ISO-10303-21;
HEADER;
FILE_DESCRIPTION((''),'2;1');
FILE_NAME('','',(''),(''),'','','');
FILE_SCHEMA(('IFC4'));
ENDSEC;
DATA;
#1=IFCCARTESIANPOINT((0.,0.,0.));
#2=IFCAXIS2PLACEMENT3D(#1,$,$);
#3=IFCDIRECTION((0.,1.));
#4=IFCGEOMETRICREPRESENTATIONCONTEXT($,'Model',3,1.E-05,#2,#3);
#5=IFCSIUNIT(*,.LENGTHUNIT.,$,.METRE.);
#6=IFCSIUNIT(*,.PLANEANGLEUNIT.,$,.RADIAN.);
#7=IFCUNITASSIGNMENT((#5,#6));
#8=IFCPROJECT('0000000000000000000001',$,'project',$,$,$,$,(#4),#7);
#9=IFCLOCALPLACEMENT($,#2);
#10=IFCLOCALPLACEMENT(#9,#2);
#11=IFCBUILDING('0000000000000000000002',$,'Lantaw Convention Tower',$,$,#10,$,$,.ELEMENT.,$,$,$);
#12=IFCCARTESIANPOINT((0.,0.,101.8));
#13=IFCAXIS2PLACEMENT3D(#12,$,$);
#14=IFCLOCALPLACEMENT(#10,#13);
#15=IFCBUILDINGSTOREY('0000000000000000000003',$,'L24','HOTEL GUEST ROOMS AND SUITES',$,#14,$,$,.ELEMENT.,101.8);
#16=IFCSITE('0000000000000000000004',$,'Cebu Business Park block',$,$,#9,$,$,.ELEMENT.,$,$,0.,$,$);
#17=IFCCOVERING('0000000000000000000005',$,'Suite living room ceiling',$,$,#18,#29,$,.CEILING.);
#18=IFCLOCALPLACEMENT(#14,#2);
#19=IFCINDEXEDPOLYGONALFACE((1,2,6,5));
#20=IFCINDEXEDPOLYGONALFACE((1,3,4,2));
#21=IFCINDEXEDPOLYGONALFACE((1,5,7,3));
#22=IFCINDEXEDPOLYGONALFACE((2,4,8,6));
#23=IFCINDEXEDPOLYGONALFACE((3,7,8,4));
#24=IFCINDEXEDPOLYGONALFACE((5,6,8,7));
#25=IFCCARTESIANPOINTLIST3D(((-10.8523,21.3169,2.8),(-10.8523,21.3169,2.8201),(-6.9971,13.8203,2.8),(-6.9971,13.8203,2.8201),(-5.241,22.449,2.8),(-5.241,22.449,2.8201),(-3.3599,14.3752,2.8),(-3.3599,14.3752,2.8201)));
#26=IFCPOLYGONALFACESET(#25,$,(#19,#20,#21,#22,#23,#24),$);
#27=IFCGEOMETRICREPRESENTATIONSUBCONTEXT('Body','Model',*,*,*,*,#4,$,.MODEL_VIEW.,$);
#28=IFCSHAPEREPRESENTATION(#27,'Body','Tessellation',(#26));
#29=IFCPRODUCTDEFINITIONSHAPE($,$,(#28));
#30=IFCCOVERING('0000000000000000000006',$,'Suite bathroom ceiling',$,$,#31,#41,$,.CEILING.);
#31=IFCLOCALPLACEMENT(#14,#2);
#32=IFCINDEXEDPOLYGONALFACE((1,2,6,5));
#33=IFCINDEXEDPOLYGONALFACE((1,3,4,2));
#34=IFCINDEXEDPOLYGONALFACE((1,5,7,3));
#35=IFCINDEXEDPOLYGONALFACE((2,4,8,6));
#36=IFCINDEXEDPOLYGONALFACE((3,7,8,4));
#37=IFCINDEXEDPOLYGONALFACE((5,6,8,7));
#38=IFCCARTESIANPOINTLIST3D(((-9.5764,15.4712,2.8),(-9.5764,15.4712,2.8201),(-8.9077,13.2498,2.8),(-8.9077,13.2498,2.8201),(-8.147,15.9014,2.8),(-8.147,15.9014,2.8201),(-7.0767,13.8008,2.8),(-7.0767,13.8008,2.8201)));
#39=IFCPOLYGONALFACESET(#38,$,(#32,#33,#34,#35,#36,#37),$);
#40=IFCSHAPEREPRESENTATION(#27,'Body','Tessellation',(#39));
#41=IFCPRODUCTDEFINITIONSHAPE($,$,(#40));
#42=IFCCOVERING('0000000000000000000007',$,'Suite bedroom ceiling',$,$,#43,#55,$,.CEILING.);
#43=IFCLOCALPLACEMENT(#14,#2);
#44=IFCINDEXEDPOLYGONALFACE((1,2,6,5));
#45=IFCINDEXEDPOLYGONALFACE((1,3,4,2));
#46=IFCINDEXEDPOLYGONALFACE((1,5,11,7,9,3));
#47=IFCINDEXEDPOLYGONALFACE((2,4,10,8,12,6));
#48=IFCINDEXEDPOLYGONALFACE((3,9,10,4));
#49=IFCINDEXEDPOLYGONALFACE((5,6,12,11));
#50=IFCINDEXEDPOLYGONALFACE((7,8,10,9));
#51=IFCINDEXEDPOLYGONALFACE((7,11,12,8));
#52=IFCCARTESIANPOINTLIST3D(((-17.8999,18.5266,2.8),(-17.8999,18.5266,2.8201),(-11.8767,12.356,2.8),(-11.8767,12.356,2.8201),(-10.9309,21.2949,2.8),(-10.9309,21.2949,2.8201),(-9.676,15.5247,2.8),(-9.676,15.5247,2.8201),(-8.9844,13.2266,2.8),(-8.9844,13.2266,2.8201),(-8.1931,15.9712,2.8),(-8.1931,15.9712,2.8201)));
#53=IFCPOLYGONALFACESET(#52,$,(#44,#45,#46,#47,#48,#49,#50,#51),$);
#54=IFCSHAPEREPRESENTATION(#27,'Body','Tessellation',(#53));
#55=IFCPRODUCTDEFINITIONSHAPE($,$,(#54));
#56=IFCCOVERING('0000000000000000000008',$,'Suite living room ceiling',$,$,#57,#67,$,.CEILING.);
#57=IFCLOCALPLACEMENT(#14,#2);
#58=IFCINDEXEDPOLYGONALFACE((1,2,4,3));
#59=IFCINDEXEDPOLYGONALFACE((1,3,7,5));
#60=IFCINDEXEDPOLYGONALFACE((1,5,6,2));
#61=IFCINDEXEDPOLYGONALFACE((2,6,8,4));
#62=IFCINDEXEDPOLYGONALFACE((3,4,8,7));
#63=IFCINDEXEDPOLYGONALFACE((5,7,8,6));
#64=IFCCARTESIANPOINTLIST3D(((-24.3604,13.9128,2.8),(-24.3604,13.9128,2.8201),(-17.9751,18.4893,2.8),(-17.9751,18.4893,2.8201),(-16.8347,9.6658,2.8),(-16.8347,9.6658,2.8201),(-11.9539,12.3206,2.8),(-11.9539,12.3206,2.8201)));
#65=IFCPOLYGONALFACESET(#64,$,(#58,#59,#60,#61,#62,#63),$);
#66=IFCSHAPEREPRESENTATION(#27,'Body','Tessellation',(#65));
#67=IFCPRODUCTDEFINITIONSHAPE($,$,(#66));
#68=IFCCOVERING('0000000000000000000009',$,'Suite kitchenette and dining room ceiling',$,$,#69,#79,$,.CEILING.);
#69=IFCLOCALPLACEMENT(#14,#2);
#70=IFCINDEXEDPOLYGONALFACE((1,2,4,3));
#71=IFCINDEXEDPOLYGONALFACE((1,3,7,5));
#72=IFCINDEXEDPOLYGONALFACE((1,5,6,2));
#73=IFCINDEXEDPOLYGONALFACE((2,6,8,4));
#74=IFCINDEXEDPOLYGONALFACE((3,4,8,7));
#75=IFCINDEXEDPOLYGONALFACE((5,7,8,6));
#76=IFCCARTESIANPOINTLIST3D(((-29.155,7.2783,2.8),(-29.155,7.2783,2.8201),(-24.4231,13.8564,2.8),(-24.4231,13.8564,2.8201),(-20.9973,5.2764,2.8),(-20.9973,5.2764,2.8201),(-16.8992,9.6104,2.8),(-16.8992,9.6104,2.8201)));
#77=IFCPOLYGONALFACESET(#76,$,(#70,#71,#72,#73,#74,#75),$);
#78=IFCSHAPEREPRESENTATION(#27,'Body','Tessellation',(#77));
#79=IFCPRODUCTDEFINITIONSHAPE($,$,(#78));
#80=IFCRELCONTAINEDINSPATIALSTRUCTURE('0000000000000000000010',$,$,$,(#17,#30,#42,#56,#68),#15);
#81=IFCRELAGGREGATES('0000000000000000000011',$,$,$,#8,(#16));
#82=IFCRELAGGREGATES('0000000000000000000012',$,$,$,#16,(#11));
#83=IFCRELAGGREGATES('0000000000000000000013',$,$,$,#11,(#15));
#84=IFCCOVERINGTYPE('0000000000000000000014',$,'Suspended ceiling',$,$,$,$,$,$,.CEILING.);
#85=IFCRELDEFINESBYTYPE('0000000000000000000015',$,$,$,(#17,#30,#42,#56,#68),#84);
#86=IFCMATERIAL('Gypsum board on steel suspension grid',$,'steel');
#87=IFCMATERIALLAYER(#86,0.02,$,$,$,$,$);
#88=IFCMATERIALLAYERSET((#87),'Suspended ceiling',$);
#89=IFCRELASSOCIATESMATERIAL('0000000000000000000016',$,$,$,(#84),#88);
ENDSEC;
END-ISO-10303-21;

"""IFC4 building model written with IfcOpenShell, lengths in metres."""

from ifc_helpers import new_model, si_unit, direction, frame, origin, place, context, subcontext, project, spatial, polyline, outline, extrude, material, layer, layer_set, type_object, element, save


model = new_model("IFC4")

# Units and contexts
model_context = context("Model", 3, precision=1e-05, world=origin(), true_north=direction((0.0, 1.0)))
body_context = subcontext(model_context, "Body", "Model", "MODEL_VIEW")
ifc_project = project(units=[si_unit("LENGTHUNIT", "METRE"), si_unit("PLANEANGLEUNIT", "RADIAN")], contexts=[model_context])

# Site, building, storey
site_placement = place(None, origin())
site = spatial("IfcSite", under=ifc_project, at=site_placement, Name="Cebu Business Park block", CompositionType="ELEMENT", RefElevation=0.0)
building_placement = place(site_placement, origin())
building = spatial("IfcBuilding", under=site, at=building_placement, Name="Lantaw Convention Tower", CompositionType="ELEMENT")
storey_placement = place(building_placement, frame((0.0, 0.0, 101.8)))
storey = spatial("IfcBuildingStorey", under=building, at=storey_placement, Name="L24", Description="HOTEL GUEST ROOMS AND SUITES", CompositionType="ELEMENT", Elevation=101.8)

# Coverings
ifc_material_1 = material(Name="Gypsum board on steel suspension grid", Category="steel")
ifc_layer_1 = layer(ifc_material_1, 0.02)
ifc_layer_set_1 = layer_set([ifc_layer_1], Name="Suspended ceiling")
covering_type = type_object("IfcCoveringType", Name="Suspended ceiling", PredefinedType="CEILING", material=ifc_layer_set_1)
covering_1_placement = place(storey_placement, frame((0.0, 0.0, 2.8)))
element("IfcCovering", 1, at=covering_1_placement, inside=storey, type_object=covering_type, Name="Suite living room ceiling", PredefinedType="CEILING", context=body_context, shape_type="SweptSolid", body=[
    extrude(outline(polyline([(-3.3599, 14.3752), (-5.241, 22.449), (-10.8523, 21.3169), (-6.9971, 13.8203), (-3.3599, 14.3752)])), origin(), (0.0, 0.0, 1.0), 0.02),
])
covering_2_placement = place(storey_placement, frame((0.0, 0.0, 2.8)))
element("IfcCovering", 2, at=covering_2_placement, inside=storey, type_object=covering_type, Name="Suite bathroom ceiling", PredefinedType="CEILING", context=body_context, shape_type="SweptSolid", body=[
    extrude(outline(polyline([(-7.0767, 13.8008), (-8.147, 15.9014), (-9.5764, 15.4712), (-8.9077, 13.2498), (-7.0767, 13.8008)])), origin(), (0.0, 0.0, 1.0), 0.02),
])
covering_3_placement = place(storey_placement, frame((0.0, 0.0, 2.8)))
element("IfcCovering", 3, at=covering_3_placement, inside=storey, type_object=covering_type, Name="Suite bedroom ceiling", PredefinedType="CEILING", context=body_context, shape_type="SweptSolid", body=[
    extrude(outline(polyline([(-11.8767, 12.356), (-8.9844, 13.2266), (-9.676, 15.5247), (-8.1931, 15.9712), (-10.9309, 21.2949), (-17.8999, 18.5266), (-11.8767, 12.356)])), origin(), (0.0, 0.0, 1.0), 0.02),
])
covering_4_placement = place(storey_placement, frame((0.0, 0.0, 2.8)))
element("IfcCovering", 4, at=covering_4_placement, inside=storey, type_object=covering_type, Name="Suite living room ceiling", PredefinedType="CEILING", context=body_context, shape_type="SweptSolid", body=[
    extrude(outline(polyline([(-11.9539, 12.3206), (-17.9751, 18.4893), (-24.3604, 13.9128), (-16.8347, 9.6658), (-11.9539, 12.3206)])), origin(), (0.0, 0.0, 1.0), 0.02),
])
covering_5_placement = place(storey_placement, frame((0.0, 0.0, 2.8)))
element("IfcCovering", 5, at=covering_5_placement, inside=storey, type_object=covering_type, Name="Suite kitchenette and dining room ceiling", PredefinedType="CEILING", context=body_context, shape_type="SweptSolid", body=[
    extrude(outline(polyline([(-16.8992, 9.6104), (-24.4231, 13.8564), (-29.155, 7.2783), (-20.9973, 5.2764), (-16.8992, 9.6104)])), origin(), (0.0, 0.0, 1.0), 0.02),
])

save(model, "model.ifc")
